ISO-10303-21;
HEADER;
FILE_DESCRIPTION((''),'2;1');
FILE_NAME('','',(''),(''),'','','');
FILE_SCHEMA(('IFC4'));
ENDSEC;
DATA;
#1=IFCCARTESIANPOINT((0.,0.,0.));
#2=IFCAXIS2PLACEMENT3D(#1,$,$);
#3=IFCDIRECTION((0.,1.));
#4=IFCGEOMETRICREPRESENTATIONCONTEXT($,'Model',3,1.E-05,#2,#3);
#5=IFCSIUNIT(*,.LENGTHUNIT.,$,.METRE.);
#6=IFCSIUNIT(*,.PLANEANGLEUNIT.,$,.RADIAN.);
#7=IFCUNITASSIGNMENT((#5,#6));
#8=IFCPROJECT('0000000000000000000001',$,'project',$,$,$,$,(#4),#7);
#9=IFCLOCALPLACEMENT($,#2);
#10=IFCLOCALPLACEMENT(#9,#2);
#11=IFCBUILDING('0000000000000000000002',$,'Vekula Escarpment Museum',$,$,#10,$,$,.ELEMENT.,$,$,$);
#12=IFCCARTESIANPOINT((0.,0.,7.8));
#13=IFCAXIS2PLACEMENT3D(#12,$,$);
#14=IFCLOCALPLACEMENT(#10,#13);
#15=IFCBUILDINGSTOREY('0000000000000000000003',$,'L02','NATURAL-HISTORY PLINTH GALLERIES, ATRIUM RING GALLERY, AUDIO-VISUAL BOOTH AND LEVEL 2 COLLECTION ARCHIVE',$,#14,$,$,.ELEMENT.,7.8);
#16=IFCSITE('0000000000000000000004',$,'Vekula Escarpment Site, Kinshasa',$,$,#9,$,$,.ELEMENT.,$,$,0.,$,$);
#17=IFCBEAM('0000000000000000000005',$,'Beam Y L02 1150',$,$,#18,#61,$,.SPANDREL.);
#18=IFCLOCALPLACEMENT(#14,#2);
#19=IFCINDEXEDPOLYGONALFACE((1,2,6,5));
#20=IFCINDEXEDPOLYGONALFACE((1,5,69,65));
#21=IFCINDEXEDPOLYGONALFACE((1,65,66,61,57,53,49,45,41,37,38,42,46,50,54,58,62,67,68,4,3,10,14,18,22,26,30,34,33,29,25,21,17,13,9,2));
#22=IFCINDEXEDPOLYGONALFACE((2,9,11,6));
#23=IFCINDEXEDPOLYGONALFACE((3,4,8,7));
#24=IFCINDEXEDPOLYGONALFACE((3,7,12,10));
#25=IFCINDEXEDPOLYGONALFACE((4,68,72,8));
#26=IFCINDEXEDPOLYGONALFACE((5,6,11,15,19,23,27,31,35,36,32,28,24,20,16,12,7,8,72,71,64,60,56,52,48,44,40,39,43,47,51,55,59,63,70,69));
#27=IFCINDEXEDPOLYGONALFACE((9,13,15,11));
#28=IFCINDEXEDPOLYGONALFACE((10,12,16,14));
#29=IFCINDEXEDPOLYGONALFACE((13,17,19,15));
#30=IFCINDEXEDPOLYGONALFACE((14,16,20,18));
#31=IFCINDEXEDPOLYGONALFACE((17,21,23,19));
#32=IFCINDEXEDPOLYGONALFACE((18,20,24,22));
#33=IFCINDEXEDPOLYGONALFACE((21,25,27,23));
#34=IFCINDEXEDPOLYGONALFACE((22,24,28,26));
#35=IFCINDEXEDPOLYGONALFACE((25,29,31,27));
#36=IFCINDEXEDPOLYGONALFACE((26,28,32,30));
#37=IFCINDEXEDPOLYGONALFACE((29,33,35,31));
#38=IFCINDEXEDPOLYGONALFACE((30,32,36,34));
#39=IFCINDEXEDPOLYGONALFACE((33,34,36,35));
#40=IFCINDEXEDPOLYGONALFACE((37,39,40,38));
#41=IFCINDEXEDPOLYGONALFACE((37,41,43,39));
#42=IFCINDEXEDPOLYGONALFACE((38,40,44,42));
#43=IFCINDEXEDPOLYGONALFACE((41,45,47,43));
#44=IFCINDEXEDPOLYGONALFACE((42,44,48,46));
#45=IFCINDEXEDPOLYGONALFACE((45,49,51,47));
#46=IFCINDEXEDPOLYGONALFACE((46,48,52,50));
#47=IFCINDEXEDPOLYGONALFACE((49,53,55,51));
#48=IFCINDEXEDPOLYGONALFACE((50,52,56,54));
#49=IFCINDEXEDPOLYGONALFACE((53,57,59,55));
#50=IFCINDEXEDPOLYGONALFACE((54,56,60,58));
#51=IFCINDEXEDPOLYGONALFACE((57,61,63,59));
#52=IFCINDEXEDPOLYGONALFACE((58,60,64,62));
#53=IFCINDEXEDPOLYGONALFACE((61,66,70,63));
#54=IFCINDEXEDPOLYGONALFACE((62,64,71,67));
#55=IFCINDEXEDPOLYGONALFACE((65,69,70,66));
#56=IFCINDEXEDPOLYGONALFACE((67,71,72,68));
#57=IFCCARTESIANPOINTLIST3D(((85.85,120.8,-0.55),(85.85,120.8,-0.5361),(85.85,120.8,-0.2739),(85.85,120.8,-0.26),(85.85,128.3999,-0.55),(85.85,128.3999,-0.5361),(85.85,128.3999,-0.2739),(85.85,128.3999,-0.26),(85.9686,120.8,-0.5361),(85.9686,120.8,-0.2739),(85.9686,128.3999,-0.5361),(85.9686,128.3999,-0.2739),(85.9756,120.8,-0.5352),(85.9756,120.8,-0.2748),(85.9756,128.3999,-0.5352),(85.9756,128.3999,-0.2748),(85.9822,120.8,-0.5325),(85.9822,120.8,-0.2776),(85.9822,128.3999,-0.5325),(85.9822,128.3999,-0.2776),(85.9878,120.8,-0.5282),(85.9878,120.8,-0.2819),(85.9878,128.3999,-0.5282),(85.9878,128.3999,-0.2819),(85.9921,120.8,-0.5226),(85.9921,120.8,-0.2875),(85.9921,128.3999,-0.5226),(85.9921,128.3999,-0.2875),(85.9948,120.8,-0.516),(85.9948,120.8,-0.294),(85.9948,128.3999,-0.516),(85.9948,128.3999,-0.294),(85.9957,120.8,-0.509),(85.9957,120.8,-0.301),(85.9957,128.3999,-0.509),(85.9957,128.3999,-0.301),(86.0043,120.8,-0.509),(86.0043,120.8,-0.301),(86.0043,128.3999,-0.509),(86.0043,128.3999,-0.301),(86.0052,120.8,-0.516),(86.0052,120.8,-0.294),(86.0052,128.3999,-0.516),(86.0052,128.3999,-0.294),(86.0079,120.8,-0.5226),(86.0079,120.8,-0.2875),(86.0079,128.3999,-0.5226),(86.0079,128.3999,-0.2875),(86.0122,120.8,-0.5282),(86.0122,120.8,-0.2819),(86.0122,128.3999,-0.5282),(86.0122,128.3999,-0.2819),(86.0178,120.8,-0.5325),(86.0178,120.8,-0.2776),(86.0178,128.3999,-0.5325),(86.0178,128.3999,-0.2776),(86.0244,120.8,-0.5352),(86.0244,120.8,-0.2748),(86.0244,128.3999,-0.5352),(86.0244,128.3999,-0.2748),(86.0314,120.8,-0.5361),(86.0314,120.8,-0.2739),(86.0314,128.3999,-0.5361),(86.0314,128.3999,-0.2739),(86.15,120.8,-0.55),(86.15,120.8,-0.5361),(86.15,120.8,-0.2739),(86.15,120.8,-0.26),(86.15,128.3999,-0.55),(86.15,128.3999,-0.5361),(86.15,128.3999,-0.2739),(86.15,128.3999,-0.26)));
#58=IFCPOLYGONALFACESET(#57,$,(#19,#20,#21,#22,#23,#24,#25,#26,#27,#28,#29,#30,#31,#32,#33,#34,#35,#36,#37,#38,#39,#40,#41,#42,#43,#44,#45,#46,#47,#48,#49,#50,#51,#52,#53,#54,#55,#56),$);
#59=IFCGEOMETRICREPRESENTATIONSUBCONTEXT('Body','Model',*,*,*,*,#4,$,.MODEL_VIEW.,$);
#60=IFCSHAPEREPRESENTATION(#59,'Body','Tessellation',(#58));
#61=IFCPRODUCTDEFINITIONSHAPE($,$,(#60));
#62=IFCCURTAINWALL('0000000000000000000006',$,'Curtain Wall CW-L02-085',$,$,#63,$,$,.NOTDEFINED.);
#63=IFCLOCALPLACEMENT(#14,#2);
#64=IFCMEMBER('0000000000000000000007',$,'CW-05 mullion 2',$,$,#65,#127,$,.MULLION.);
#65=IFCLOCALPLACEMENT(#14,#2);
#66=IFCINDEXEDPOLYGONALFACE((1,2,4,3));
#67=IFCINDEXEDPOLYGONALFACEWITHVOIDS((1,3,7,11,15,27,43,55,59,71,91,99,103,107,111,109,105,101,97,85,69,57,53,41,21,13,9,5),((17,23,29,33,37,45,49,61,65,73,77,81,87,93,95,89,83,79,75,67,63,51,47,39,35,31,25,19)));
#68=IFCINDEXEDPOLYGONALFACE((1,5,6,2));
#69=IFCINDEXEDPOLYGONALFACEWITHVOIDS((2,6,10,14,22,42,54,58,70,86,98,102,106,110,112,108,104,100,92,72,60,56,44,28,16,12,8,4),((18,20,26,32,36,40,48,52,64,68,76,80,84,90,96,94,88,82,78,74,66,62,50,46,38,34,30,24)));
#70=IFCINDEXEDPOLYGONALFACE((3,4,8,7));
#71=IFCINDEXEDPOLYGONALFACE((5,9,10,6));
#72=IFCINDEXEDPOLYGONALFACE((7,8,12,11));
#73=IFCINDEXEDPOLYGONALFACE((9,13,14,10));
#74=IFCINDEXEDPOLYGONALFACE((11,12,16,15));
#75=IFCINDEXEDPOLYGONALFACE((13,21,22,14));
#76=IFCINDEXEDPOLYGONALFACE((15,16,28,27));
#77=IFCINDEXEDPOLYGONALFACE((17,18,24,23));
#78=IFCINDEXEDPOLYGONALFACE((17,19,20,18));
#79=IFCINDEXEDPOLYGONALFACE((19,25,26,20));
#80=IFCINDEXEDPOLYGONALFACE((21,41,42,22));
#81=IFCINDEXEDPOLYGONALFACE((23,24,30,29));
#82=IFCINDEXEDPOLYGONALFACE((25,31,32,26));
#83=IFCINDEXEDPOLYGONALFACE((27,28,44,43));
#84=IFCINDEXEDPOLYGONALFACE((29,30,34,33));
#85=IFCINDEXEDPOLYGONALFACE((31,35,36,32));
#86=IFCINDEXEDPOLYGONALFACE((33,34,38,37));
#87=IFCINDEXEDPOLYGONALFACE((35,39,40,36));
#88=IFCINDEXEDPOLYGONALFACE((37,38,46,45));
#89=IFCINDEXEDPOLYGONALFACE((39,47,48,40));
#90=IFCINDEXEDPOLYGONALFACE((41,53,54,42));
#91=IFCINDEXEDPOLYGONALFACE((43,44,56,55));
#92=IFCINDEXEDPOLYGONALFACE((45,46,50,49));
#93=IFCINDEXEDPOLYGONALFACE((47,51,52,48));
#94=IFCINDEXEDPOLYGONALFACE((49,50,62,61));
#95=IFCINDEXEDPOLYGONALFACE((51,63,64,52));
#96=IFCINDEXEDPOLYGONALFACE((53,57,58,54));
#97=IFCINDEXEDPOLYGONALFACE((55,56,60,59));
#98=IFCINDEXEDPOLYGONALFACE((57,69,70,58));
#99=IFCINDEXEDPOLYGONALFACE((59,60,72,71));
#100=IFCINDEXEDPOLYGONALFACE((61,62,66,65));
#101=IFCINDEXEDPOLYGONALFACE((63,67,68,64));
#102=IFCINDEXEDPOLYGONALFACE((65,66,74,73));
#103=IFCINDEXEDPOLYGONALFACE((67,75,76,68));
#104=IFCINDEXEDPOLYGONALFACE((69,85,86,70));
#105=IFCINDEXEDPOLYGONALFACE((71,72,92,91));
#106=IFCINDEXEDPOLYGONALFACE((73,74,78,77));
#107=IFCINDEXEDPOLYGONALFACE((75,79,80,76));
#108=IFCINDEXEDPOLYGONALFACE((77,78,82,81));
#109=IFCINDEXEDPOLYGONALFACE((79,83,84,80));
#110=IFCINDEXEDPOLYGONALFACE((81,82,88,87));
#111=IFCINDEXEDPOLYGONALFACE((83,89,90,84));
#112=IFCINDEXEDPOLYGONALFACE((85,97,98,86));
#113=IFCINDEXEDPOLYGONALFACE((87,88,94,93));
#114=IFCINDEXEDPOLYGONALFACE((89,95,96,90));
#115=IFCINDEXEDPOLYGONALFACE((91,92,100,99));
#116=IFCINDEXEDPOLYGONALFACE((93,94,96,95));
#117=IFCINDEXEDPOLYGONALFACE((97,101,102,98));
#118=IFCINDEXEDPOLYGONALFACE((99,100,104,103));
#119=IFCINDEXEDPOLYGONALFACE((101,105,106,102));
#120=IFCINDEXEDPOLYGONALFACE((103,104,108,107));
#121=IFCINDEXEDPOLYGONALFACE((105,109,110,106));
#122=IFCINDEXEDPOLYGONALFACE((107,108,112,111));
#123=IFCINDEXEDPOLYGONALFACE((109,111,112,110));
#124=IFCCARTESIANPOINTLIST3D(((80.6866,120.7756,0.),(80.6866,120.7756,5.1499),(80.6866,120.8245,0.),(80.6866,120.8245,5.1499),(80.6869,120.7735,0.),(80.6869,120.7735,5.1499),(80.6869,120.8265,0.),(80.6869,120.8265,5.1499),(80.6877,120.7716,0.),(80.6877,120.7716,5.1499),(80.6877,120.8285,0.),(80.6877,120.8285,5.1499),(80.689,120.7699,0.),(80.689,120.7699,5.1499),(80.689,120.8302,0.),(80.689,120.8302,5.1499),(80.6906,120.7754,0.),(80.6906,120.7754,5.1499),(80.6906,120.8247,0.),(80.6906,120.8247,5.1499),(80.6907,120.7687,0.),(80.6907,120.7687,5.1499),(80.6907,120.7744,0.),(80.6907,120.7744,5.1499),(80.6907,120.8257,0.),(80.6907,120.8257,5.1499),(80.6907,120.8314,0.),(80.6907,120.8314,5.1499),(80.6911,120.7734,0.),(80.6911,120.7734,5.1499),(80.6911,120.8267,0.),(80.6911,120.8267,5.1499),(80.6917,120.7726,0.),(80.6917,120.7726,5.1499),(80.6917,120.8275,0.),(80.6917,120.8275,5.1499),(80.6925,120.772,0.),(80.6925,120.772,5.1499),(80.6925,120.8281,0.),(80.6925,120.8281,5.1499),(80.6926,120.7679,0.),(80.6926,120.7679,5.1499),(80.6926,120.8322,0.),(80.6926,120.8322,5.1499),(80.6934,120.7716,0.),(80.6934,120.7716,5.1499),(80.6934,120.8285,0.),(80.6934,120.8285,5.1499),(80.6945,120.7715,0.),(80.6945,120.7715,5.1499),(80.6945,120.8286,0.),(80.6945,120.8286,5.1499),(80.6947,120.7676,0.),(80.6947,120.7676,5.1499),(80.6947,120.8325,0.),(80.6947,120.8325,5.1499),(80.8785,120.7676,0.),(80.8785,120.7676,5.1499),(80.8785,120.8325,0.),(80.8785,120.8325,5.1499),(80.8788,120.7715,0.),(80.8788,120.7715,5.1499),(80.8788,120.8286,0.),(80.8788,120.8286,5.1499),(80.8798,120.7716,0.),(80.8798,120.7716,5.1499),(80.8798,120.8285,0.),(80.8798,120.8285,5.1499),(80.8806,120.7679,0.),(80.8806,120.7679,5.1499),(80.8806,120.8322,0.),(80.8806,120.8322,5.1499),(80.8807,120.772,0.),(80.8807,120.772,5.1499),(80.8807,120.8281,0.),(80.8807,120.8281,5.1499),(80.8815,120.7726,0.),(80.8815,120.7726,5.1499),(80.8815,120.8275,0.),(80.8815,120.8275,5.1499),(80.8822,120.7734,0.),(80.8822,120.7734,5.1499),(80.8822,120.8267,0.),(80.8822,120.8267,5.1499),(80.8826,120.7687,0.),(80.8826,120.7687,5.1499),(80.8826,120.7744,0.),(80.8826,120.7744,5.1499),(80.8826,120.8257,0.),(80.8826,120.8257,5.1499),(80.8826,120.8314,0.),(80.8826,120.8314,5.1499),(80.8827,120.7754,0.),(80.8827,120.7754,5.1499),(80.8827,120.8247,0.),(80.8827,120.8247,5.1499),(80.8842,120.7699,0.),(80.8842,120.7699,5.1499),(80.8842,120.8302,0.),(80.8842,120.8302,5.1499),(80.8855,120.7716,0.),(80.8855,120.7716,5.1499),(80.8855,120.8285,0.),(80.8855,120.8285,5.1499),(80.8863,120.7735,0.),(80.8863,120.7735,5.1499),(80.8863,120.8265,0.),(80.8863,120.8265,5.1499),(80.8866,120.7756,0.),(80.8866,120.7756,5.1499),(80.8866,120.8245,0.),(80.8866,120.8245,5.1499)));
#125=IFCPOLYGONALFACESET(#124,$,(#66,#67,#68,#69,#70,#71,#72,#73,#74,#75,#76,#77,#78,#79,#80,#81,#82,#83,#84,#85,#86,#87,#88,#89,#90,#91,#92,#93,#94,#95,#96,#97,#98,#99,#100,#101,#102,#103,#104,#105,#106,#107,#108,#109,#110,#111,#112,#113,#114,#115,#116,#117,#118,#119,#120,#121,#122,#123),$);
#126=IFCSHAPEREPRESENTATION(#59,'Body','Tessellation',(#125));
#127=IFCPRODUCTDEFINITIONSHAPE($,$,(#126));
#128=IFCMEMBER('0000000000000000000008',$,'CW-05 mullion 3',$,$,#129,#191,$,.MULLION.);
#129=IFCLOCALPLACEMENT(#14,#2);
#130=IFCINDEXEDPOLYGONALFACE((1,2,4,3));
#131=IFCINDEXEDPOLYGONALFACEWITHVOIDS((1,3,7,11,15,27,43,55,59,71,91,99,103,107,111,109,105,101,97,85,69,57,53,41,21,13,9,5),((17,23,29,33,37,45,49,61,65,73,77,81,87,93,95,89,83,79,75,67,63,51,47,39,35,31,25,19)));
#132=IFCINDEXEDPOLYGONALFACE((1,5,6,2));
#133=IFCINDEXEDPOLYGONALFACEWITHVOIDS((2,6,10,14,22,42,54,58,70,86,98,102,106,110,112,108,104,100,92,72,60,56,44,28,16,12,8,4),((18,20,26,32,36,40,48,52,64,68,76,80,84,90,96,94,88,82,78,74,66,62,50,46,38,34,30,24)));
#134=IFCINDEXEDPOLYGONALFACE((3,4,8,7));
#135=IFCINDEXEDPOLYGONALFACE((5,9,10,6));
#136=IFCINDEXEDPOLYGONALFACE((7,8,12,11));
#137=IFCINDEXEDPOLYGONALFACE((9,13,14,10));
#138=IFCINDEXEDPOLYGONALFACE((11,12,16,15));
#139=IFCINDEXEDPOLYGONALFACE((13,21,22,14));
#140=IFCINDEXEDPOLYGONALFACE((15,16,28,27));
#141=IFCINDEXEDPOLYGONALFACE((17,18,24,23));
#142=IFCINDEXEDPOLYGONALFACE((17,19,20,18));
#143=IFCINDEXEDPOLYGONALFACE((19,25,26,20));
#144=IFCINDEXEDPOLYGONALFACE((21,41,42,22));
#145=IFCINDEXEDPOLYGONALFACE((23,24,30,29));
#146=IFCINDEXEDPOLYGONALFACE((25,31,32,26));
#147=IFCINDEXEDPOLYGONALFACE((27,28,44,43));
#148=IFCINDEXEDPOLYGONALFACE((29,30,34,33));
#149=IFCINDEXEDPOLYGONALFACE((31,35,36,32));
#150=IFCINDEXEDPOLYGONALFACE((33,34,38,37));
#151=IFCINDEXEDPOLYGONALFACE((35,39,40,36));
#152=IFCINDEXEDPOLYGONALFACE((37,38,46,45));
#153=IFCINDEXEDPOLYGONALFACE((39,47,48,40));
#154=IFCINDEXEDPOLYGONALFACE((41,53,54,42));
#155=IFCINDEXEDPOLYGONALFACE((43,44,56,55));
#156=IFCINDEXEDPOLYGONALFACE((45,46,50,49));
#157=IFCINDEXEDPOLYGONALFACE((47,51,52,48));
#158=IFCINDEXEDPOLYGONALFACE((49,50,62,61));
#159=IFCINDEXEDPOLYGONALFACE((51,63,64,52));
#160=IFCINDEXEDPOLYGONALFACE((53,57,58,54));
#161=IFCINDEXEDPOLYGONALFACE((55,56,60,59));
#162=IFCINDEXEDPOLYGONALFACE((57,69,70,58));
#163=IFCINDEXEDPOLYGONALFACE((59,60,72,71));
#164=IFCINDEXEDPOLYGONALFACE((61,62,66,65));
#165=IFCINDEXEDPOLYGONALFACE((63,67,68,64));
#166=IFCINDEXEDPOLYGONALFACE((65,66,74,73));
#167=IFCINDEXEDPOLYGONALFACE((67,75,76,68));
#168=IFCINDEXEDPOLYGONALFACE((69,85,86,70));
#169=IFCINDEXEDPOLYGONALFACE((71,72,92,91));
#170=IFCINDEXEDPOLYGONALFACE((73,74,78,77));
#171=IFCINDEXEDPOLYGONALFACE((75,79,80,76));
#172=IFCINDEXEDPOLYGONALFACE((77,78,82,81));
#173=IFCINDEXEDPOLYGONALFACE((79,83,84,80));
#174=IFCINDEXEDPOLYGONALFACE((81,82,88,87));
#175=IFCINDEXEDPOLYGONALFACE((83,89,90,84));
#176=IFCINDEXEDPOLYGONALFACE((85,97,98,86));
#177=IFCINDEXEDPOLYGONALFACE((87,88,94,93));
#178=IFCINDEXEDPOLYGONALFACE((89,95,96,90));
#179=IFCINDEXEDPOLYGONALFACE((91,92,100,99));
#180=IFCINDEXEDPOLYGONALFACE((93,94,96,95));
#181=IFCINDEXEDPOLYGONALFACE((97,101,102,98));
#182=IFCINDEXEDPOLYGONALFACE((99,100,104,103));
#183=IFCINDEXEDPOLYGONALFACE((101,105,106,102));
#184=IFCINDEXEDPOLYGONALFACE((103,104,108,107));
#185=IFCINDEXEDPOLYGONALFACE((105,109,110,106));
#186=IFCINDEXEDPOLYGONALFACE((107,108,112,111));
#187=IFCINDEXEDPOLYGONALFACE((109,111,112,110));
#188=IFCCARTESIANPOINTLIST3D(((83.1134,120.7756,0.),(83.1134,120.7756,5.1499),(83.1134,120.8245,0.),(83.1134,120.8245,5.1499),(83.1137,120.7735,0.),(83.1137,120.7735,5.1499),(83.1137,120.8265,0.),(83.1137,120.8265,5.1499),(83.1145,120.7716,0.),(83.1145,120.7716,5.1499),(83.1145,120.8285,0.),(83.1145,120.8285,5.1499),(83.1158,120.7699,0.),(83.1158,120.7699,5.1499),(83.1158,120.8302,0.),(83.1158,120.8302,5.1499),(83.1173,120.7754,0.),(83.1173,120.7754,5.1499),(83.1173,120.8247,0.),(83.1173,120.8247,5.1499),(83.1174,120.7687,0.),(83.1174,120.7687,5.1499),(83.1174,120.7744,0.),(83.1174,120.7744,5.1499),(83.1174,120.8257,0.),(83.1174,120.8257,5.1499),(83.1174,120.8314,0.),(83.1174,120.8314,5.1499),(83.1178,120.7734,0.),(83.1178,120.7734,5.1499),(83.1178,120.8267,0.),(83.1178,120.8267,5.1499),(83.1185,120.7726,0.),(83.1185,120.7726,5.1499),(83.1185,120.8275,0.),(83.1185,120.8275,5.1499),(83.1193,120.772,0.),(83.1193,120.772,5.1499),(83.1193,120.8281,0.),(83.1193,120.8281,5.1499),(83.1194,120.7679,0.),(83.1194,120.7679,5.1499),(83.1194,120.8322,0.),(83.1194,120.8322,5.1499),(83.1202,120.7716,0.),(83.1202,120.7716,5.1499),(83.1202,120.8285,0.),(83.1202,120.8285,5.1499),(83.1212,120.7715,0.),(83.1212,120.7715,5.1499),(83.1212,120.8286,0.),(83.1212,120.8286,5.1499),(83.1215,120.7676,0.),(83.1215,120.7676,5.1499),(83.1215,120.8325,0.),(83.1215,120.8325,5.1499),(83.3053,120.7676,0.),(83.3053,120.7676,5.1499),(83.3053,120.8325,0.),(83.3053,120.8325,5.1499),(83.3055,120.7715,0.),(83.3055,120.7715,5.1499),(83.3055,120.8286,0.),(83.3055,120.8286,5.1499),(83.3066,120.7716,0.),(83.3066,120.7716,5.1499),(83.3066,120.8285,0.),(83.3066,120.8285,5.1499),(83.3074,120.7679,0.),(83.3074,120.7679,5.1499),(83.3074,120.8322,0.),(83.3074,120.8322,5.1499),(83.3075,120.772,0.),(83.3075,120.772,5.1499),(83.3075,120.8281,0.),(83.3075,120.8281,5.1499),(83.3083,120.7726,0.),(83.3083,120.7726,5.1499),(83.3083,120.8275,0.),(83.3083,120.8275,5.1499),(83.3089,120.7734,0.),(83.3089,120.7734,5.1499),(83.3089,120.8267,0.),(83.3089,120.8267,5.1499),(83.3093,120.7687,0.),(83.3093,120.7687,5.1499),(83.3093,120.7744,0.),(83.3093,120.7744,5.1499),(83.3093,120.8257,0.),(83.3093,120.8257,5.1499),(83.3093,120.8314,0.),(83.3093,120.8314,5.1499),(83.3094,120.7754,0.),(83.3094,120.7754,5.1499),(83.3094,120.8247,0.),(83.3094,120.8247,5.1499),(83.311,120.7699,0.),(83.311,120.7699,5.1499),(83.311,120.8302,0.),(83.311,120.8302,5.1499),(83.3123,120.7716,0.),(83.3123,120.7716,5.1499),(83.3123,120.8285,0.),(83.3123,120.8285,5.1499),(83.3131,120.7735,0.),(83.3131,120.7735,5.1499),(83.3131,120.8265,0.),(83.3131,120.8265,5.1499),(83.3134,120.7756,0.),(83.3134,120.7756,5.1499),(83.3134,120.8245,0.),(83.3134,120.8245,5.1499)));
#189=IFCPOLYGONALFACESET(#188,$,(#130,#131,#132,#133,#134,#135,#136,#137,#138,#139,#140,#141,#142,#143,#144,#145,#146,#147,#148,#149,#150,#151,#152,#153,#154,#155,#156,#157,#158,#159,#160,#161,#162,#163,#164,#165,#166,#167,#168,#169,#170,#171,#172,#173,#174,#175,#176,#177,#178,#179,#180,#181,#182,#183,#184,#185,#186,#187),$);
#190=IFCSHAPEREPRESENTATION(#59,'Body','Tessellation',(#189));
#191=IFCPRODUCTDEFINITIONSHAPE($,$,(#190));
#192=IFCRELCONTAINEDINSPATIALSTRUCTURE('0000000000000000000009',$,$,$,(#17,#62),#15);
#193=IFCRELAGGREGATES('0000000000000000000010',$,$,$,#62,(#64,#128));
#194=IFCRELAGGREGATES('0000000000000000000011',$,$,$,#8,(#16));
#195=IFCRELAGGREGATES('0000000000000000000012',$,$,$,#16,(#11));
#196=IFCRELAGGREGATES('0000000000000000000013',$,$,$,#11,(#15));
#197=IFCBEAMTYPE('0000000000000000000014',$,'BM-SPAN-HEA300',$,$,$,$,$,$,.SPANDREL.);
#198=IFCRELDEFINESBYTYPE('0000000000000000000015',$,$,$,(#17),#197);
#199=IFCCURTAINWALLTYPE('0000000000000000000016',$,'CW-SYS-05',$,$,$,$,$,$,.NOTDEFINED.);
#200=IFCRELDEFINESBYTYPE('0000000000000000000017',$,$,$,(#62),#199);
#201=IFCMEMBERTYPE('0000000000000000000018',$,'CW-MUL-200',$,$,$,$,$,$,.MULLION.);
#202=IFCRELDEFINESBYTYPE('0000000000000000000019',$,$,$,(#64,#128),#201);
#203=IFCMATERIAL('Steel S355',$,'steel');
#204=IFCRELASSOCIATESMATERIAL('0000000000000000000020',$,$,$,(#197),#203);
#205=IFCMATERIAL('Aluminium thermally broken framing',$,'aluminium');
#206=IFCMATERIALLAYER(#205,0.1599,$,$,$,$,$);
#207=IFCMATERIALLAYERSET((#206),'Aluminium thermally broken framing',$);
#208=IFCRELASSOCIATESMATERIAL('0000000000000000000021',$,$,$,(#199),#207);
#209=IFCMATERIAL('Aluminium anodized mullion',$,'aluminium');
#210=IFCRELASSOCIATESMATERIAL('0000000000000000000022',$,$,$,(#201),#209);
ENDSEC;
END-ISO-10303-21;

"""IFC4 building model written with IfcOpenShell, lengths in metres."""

from ifc_helpers import new_model, si_unit, direction, frame, origin, origin_2d, place, context, subcontext, project, spatial, hollow_rectangle, i_section, extrude, material, layer, layer_set, material_profile, profile_set, type_object, element, aggregate, save


model = new_model("IFC4")

# Units and contexts
model_context = context("Model", 3, precision=1e-05, world=origin(), true_north=direction((0.0, 1.0)))
body_context = subcontext(model_context, "Body", "Model", "MODEL_VIEW")
ifc_project = project(units=[si_unit("LENGTHUNIT", "METRE"), si_unit("PLANEANGLEUNIT", "RADIAN")], contexts=[model_context])

# Site, building, storey
site_placement = place(None, origin())
site = spatial("IfcSite", under=ifc_project, at=site_placement, Name="Vekula Escarpment Site, Kinshasa", CompositionType="ELEMENT", RefElevation=0.0)
building_placement = place(site_placement, origin())
building = spatial("IfcBuilding", under=site, at=building_placement, Name="Vekula Escarpment Museum", CompositionType="ELEMENT")
storey_placement = place(building_placement, frame((0.0, 0.0, 7.8)))
storey = spatial("IfcBuildingStorey", under=building, at=storey_placement, Name="L02", Description="NATURAL-HISTORY PLINTH GALLERIES, ATRIUM RING GALLERY, AUDIO-VISUAL BOOTH AND LEVEL 2 COLLECTION ARCHIVE", CompositionType="ELEMENT", Elevation=7.8)

# Beam
ifc_material_1 = material(Name="Steel S355", Category="steel")
ifc_material_profile_1 = material_profile(ifc_material_1, i_section(OverallWidth=0.3, OverallDepth=0.29, WebThickness=0.0085, FlangeThickness=0.0139, FilletRadius=0.0271, at=origin_2d()), Name="HEA 300")
ifc_profile_set_1 = profile_set([ifc_material_profile_1], Name="Steel S355")
beam_type_1 = type_object("IfcBeamType", Name="BM-SPAN-HEA300", PredefinedType="SPANDREL", material=ifc_profile_set_1)
beam_1_placement = place(storey_placement, frame((86.0, 120.8, -0.405), z_axis=(0.0, 1.0, 0.0), x_axis=(-1.0, 0.0, 0.0)))
element("IfcBeam", 1, at=beam_1_placement, inside=storey, type_object=beam_type_1, Name="Beam Y L02 1150", PredefinedType="SPANDREL", context=body_context, shape_type="SweptSolid", body=[
    extrude(i_section(OverallWidth=0.3, OverallDepth=0.29, WebThickness=0.0085, FlangeThickness=0.0139, FilletRadius=0.0271, at=origin_2d()), origin(), (0.0, 0.0, 1.0), 7.5999),
])

# Curtain wall, members
ifc_material_2 = material(Name="Aluminium thermally broken framing", Category="aluminium")
ifc_layer_1 = layer(ifc_material_2, 0.1599)
ifc_layer_set_1 = layer_set([ifc_layer_1], Name="Aluminium thermally broken framing")
curtain_wall_type = type_object("IfcCurtainWallType", Name="CW-SYS-05", PredefinedType="NOTDEFINED", material=ifc_layer_set_1)
curtain_wall_placement = place(storey_placement, origin())
curtain_wall = element("IfcCurtainWall", 2, at=curtain_wall_placement, inside=storey, type_object=curtain_wall_type, Name="Curtain Wall CW-L02-085", PredefinedType="NOTDEFINED")
ifc_material_3 = material(Name="Aluminium anodized mullion", Category="aluminium")
ifc_material_profile_2 = material_profile(ifc_material_3, hollow_rectangle(XDim=0.0649, YDim=0.2, WallThickness=0.0039, InnerFilletRadius=0.0039, OuterFilletRadius=0.0081, at=origin_2d()), Name="ALU 200x65x4")
ifc_profile_set_2 = profile_set([ifc_material_profile_2], Name="Aluminium anodized mullion")
member_type_1 = type_object("IfcMemberType", Name="CW-MUL-200", PredefinedType="MULLION", material=ifc_profile_set_2)
member_1_placement = place(storey_placement, frame((80.7866, 120.8, 0.0), z_axis=(0.0, 0.0, 1.0), x_axis=(0.0, 1.0, 0.0)))
member_1 = element("IfcMember", 3, at=member_1_placement, type_object=member_type_1, Name="CW-05 mullion 2", PredefinedType="MULLION", context=body_context, shape_type="SweptSolid", body=[
    extrude(hollow_rectangle(XDim=0.0649, YDim=0.2, WallThickness=0.0039, InnerFilletRadius=0.0039, OuterFilletRadius=0.0081, at=origin_2d()), origin(), (0.0, 0.0, 1.0), 5.1499),
])
member_2_placement = place(storey_placement, frame((83.2134, 120.8, 0.0), z_axis=(0.0, 0.0, 1.0), x_axis=(0.0, 1.0, 0.0)))
member_2 = element("IfcMember", 4, at=member_2_placement, type_object=member_type_1, Name="CW-05 mullion 3", PredefinedType="MULLION", context=body_context, shape_type="SweptSolid", body=[
    extrude(hollow_rectangle(XDim=0.0649, YDim=0.2, WallThickness=0.0039, InnerFilletRadius=0.0039, OuterFilletRadius=0.0081, at=origin_2d()), origin(), (0.0, 0.0, 1.0), 5.1499),
])
aggregate(curtain_wall, [member_1, member_2])

save(model, "model.ifc")
